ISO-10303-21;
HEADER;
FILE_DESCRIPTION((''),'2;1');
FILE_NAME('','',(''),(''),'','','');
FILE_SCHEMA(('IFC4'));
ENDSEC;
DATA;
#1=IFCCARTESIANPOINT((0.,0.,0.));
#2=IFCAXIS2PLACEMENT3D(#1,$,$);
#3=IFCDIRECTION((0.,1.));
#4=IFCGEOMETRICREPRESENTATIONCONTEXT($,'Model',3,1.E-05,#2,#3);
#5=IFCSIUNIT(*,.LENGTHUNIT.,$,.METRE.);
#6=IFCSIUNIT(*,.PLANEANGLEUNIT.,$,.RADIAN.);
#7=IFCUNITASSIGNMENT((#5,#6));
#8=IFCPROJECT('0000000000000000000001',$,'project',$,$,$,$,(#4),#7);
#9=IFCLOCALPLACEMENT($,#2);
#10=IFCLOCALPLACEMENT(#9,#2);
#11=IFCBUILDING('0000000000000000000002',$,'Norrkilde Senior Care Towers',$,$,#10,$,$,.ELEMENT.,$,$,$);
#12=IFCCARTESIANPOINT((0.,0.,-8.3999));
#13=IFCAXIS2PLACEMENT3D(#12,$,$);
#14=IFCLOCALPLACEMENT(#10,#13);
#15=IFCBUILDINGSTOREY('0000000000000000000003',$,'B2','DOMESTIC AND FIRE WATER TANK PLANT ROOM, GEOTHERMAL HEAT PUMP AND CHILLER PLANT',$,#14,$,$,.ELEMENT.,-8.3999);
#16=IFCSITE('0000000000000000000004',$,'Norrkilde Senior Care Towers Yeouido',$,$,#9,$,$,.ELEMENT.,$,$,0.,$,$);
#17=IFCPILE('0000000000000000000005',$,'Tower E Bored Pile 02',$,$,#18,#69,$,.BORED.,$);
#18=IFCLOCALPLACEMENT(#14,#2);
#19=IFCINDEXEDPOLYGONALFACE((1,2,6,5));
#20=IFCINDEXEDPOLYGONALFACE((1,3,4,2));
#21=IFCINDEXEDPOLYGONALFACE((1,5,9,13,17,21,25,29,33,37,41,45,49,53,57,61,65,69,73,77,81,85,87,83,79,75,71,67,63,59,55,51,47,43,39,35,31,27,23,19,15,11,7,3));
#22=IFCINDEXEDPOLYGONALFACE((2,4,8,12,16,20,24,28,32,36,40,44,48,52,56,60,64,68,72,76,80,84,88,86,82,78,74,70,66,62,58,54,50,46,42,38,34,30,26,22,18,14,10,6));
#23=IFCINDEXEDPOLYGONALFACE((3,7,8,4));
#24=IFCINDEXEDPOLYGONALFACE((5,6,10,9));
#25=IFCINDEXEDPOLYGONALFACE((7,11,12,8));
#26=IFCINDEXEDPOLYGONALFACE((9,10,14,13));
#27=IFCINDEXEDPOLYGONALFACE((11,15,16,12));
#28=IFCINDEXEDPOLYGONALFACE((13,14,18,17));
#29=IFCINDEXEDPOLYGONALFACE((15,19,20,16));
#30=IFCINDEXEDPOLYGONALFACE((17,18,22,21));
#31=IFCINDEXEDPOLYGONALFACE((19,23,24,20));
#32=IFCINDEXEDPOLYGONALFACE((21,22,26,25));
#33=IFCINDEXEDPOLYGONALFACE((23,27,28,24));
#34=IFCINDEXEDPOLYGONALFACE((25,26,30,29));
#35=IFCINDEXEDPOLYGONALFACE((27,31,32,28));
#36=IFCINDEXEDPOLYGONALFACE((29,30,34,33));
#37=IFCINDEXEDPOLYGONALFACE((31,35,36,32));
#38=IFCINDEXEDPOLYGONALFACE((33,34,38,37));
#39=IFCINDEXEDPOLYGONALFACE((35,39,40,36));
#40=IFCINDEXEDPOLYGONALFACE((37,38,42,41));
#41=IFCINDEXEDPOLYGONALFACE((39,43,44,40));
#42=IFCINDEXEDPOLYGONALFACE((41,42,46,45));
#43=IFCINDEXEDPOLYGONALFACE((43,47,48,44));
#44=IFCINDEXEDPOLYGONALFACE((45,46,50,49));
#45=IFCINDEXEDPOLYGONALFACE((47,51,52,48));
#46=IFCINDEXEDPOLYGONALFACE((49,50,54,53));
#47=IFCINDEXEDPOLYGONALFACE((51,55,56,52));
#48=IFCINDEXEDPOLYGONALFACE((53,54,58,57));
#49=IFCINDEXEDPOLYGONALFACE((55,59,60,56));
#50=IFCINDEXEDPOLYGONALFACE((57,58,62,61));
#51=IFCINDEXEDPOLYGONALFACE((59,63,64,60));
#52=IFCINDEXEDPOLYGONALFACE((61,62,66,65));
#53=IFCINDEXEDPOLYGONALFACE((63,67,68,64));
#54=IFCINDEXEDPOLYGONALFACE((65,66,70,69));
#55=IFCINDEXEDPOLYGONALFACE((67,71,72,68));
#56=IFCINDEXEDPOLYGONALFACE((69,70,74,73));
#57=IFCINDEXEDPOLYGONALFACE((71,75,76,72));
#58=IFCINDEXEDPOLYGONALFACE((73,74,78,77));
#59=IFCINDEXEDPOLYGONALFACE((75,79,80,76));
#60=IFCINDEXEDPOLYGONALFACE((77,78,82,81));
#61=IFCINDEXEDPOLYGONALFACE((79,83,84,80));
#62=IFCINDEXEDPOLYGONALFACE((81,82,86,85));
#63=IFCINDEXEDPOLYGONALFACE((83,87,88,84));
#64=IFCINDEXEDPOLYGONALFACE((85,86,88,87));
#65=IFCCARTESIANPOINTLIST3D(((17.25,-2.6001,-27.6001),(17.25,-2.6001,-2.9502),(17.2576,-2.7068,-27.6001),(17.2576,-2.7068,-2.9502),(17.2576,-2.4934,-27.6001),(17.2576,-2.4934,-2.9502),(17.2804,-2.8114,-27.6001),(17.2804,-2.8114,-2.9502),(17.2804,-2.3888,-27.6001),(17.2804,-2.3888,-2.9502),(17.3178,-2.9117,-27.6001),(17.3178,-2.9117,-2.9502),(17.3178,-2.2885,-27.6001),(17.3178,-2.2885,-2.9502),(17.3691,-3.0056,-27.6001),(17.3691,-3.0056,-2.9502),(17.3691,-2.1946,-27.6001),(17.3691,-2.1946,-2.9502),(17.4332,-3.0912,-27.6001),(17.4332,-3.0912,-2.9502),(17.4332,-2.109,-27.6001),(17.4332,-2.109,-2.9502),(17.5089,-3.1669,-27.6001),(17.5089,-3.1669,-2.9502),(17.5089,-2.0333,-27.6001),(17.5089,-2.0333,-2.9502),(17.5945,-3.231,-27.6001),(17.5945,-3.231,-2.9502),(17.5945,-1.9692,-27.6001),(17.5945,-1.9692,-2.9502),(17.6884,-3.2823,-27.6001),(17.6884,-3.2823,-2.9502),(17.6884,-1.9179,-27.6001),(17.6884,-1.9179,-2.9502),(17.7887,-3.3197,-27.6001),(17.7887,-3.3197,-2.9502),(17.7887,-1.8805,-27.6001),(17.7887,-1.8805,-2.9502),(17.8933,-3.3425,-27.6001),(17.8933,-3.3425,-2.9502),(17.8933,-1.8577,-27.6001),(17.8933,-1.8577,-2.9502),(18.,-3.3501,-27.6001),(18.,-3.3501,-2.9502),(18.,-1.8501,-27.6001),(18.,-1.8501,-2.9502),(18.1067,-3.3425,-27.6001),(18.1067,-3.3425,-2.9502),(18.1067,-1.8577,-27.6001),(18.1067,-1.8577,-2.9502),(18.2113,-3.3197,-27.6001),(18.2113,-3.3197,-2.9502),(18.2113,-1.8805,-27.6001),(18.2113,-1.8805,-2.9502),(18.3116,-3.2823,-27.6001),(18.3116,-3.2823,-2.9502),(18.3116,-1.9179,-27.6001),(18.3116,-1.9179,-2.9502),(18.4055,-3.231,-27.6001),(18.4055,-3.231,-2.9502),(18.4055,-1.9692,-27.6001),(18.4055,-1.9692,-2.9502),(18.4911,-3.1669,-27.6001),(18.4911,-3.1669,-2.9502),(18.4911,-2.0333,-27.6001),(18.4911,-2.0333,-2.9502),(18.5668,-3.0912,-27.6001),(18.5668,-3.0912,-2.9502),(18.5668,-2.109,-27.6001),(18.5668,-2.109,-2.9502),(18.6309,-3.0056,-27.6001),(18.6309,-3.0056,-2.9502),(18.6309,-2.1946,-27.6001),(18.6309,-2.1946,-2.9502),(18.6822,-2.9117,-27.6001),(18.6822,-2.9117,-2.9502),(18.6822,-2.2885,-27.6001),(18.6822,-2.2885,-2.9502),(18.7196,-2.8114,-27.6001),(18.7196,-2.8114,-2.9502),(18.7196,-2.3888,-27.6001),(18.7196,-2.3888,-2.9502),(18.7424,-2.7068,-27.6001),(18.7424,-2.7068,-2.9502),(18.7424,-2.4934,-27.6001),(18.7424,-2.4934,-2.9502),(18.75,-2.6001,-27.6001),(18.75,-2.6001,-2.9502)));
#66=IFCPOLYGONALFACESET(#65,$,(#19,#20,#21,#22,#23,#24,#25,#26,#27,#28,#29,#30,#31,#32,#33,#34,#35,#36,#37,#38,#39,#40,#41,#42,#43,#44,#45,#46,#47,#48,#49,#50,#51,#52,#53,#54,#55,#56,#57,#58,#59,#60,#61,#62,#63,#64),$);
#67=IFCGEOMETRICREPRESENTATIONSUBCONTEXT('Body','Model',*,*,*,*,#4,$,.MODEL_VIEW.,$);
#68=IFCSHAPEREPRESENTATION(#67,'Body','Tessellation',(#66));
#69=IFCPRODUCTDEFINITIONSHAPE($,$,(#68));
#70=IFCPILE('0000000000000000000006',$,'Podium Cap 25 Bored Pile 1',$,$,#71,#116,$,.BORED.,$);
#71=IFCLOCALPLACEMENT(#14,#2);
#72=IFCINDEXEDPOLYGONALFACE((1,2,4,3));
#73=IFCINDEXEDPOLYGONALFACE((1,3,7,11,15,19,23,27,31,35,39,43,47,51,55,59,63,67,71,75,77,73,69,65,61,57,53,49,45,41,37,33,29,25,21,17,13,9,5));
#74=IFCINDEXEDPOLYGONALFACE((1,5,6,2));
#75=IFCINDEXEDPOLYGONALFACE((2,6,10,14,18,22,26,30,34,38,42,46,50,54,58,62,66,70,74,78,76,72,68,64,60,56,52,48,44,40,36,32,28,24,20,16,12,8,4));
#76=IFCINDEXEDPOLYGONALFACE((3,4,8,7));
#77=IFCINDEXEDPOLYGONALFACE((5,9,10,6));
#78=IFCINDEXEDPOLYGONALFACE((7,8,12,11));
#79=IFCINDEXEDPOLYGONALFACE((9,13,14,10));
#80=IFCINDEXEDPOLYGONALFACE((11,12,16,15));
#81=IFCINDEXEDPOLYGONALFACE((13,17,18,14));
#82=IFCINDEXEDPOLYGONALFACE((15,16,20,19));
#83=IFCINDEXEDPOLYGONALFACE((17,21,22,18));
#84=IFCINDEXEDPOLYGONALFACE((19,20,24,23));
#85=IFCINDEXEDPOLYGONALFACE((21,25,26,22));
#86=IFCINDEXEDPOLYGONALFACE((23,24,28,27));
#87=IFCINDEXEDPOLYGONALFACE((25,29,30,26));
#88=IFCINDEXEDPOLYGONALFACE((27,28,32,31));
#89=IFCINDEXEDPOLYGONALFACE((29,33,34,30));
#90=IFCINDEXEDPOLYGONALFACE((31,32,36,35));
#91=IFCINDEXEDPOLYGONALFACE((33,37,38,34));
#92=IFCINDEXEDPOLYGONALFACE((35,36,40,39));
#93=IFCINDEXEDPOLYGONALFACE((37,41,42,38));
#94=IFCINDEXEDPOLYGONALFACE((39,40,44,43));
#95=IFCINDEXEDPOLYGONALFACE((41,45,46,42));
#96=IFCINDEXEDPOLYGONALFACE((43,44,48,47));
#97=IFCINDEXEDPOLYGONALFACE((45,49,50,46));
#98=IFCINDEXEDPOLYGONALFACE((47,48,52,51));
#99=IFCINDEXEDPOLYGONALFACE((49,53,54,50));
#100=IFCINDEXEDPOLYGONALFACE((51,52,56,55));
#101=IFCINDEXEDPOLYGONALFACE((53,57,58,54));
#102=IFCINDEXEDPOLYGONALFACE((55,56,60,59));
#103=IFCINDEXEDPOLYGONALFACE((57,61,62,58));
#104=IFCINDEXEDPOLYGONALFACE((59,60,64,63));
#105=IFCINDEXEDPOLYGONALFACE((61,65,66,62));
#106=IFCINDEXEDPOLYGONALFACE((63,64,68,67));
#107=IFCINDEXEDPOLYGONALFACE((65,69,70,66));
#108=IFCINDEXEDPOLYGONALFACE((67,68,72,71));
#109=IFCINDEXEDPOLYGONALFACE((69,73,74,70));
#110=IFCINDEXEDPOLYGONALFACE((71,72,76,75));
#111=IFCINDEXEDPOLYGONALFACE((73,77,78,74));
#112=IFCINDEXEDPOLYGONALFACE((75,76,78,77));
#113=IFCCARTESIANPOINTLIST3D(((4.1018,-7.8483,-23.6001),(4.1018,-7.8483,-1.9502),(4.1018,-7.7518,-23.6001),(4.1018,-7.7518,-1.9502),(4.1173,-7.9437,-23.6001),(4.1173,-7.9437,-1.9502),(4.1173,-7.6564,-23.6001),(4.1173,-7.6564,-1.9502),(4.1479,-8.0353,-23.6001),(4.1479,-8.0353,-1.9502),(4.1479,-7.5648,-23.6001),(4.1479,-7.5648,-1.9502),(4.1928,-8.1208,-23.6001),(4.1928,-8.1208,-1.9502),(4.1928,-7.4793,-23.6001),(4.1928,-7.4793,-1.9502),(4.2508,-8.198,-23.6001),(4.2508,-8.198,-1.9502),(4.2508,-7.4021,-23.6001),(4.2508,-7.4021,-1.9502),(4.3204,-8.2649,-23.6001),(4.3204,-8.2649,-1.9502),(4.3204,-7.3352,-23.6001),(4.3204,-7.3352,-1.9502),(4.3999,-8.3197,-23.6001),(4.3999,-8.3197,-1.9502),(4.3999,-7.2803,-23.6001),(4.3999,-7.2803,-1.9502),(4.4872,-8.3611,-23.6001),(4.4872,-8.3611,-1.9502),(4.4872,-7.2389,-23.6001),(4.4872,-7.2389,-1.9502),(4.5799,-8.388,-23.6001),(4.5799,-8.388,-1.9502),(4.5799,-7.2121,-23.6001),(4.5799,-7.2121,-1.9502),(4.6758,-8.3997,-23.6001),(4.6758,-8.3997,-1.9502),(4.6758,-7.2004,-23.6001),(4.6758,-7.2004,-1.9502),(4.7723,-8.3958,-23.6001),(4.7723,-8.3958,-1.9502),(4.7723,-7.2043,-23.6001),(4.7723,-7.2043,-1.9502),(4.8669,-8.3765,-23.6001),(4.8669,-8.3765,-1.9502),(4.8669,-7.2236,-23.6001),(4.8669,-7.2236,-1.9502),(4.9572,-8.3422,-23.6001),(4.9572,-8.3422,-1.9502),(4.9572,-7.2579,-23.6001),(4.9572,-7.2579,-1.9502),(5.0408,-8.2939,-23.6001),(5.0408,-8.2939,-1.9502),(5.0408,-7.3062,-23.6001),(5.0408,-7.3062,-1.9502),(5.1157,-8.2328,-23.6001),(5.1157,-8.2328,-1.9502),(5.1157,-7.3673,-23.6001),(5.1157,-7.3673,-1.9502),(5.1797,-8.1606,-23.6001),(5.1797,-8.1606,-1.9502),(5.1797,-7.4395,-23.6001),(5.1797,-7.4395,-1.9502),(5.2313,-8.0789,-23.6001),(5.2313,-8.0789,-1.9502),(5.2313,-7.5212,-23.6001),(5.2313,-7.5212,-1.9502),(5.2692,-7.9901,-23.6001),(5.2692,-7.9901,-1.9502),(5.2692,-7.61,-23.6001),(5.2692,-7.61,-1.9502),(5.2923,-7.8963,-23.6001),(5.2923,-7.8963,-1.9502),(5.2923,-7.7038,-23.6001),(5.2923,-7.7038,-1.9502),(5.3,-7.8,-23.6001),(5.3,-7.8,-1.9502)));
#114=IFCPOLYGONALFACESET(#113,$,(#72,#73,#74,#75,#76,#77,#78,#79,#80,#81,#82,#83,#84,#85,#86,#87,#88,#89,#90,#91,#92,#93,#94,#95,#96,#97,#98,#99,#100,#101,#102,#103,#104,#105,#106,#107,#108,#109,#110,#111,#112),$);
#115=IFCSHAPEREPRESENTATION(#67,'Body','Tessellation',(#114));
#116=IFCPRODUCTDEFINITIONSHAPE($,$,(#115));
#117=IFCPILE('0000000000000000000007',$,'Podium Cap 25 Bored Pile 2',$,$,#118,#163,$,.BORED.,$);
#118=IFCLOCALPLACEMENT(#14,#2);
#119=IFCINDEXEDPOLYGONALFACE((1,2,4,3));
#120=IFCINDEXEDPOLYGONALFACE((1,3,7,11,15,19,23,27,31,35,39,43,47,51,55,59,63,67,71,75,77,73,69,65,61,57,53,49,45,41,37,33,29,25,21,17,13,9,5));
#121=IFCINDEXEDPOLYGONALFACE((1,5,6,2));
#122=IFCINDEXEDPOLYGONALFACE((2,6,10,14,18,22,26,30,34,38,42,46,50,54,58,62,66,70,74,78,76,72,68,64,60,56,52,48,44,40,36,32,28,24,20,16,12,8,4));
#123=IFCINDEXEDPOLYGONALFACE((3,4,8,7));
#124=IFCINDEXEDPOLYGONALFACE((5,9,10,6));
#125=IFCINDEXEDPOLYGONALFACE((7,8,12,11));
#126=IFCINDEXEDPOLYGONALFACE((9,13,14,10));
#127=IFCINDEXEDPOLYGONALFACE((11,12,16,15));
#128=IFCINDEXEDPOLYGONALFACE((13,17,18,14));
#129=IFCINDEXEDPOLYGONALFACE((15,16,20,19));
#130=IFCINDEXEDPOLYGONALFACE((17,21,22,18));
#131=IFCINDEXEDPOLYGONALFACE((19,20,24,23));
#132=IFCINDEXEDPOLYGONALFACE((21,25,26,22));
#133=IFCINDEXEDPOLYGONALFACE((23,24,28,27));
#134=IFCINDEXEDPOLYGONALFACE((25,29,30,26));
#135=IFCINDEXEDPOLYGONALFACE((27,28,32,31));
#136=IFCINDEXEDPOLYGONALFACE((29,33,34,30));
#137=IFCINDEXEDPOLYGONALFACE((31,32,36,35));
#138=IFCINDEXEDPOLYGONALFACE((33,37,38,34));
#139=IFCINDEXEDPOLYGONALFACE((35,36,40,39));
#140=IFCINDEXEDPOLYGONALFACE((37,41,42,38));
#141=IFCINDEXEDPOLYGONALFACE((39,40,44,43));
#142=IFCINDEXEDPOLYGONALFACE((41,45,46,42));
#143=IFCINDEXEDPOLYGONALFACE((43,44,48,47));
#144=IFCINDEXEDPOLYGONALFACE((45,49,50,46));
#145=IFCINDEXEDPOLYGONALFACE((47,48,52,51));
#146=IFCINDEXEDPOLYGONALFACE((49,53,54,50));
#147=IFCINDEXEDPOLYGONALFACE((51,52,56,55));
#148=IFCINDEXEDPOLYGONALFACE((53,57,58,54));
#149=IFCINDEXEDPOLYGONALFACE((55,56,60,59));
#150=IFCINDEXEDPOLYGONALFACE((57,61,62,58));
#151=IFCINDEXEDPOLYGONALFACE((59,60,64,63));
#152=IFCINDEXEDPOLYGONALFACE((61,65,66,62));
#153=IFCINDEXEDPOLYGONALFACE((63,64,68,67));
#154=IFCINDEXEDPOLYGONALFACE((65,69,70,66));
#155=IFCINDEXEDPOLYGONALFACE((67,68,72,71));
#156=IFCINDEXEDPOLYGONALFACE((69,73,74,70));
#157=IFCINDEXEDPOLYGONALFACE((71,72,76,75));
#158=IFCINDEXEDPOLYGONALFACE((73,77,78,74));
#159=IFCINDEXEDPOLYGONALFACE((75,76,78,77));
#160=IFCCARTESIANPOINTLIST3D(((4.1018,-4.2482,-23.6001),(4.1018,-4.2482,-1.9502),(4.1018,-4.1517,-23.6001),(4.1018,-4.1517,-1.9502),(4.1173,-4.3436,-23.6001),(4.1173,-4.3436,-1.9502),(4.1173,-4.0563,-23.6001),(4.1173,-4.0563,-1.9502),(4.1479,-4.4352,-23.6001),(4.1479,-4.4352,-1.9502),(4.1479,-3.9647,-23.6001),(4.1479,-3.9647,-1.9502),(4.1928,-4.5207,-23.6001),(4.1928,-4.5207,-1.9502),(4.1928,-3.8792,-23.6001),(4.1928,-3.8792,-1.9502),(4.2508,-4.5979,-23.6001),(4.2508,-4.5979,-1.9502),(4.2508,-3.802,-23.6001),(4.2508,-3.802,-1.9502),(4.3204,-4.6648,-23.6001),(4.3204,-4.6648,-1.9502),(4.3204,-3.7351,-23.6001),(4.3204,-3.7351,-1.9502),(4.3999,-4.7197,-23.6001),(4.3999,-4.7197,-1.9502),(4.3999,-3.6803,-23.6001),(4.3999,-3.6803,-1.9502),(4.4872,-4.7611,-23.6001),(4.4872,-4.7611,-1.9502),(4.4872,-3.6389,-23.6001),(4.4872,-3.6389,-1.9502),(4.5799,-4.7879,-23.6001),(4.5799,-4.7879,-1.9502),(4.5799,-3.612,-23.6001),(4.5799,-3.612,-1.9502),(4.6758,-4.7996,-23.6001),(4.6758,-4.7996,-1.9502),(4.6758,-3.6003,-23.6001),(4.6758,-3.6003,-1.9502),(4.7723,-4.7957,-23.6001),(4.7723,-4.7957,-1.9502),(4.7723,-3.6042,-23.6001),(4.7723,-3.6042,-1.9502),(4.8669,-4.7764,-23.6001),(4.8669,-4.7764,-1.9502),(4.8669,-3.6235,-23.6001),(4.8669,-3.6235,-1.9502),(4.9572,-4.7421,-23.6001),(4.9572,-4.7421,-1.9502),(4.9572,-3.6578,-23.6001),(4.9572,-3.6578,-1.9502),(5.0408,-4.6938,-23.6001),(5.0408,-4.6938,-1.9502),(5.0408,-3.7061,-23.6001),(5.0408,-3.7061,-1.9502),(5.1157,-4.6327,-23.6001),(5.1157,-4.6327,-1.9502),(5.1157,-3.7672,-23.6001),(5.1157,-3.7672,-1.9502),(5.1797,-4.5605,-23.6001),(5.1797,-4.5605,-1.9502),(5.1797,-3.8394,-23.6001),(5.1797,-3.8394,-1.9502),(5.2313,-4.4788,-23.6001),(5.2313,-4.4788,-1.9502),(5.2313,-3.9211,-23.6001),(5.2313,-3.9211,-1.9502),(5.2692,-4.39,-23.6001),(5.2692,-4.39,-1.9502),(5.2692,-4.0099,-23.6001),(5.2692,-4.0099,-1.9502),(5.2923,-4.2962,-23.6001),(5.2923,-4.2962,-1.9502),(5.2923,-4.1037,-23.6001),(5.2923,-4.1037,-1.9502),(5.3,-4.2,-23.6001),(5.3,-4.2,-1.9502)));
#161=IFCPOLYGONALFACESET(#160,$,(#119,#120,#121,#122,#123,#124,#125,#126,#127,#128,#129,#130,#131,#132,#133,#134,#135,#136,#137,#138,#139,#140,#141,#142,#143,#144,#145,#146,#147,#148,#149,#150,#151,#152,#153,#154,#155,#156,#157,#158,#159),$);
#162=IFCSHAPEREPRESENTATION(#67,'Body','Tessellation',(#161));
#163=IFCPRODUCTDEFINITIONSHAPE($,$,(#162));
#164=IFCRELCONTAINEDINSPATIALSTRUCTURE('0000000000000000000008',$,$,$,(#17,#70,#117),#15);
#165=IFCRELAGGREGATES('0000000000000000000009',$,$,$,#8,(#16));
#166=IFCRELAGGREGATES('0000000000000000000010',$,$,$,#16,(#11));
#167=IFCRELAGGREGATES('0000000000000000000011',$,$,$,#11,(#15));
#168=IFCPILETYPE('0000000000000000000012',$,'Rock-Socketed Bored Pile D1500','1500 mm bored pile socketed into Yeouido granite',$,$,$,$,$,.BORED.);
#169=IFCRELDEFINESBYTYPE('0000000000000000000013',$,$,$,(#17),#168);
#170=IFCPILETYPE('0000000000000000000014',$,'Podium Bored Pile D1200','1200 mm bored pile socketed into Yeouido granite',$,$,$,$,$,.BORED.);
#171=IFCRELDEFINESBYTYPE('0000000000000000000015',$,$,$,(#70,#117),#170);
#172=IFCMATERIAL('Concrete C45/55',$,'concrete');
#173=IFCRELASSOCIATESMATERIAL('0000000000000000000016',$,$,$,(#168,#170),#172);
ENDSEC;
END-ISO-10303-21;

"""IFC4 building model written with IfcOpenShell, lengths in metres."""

from ifc_helpers import new_model, si_unit, direction, frame, origin, origin_2d, place, context, subcontext, project, spatial, circle, extrude, source, transform, mapped, material, material_profile, profile_set, type_object, type_shapes, element, save


model = new_model("IFC4")

# Units and contexts
model_context = context("Model", 3, precision=1e-05, world=origin(), true_north=direction((0.0, 1.0)))
body_context = subcontext(model_context, "Body", "Model", "MODEL_VIEW")
ifc_project = project(units=[si_unit("LENGTHUNIT", "METRE"), si_unit("PLANEANGLEUNIT", "RADIAN")], contexts=[model_context])

# Site, building, storey
site_placement = place(None, origin())
site = spatial("IfcSite", under=ifc_project, at=site_placement, Name="Norrkilde Senior Care Towers Yeouido", CompositionType="ELEMENT", RefElevation=0.0)
building_placement = place(site_placement, origin())
building = spatial("IfcBuilding", under=site, at=building_placement, Name="Norrkilde Senior Care Towers", CompositionType="ELEMENT")
storey_placement = place(building_placement, frame((0.0, 0.0, -8.3999)))
storey = spatial("IfcBuildingStorey", under=building, at=storey_placement, Name="B2", Description="DOMESTIC AND FIRE WATER TANK PLANT ROOM, GEOTHERMAL HEAT PUMP AND CHILLER PLANT", CompositionType="ELEMENT", Elevation=-8.3999)

# Piles
ifc_material_1 = material(Name="Concrete C45/55", Category="concrete")
ifc_material_profile_1 = material_profile(ifc_material_1, circle(Radius=0.75, at=origin_2d()), Name="BORED PILE 1500")
ifc_profile_set_1 = profile_set([ifc_material_profile_1], Name="Concrete C45/55")
pile_type_1 = type_object("IfcPileType", Name="Rock-Socketed Bored Pile D1500", Description="1500 mm bored pile socketed into Yeouido granite", PredefinedType="BORED", material=ifc_profile_set_1)
shared_shape_1 = source(origin(), body_context, "Body", "SweptSolid", [
    extrude(circle(Radius=0.75, at=origin_2d()), origin(), (0.0, 0.0, 1.0), 24.6499),
])
type_shapes(pile_type_1, [shared_shape_1])
for number, where, z_axis, x_axis, name in (
    (1, (18.0, -2.6001, -2.9502), (0.0, 0.0, -1.0), (1.0, 0.0, 0.0), "Tower E Bored Pile 02"),
):
    element("IfcPile", number, at=place(storey_placement, frame(where, z_axis=z_axis, x_axis=x_axis)), inside=storey, type_object=pile_type_1, Name=name, PredefinedType="BORED", context=body_context, shape_type="MappedRepresentation", body=[
        mapped(shared_shape_1, transform((0.0, 0.0, 0.0), x_axis=(1.0, 0.0, 0.0), y_axis=(0.0, 1.0, 0.0), z_axis=(0.0, 0.0, 1.0), scale=1.0)),
    ])
ifc_material_profile_2 = material_profile(ifc_material_1, circle(Radius=0.6001, at=origin_2d()), Name="BORED PILE 1200")
ifc_profile_set_2 = profile_set([ifc_material_profile_2], Name="Concrete C45/55")
pile_type_2 = type_object("IfcPileType", Name="Podium Bored Pile D1200", Description="1200 mm bored pile socketed into Yeouido granite", PredefinedType="BORED", material=ifc_profile_set_2)
shared_shape_2 = source(origin(), body_context, "Body", "SweptSolid", [
    extrude(circle(Radius=0.6001, at=origin_2d()), origin(), (0.0, 0.0, 1.0), 21.6499),
])
type_shapes(pile_type_2, [shared_shape_2])
for number, where, z_axis, x_axis, name in (
    (2, (4.7, -7.8, -1.9502), (0.0, 0.0, -1.0), (1.0, 0.0, 0.0), "Podium Cap 25 Bored Pile 1"),
    (3, (4.7, -4.2, -1.9502), (0.0, 0.0, -1.0), (1.0, 0.0, 0.0), "Podium Cap 25 Bored Pile 2"),
):
    element("IfcPile", number, at=place(storey_placement, frame(where, z_axis=z_axis, x_axis=x_axis)), inside=storey, type_object=pile_type_2, Name=name, PredefinedType="BORED", context=body_context, shape_type="MappedRepresentation", body=[
        mapped(shared_shape_2, transform((0.0, 0.0, 0.0), x_axis=(1.0, 0.0, 0.0), y_axis=(0.0, 1.0, 0.0), z_axis=(0.0, 0.0, 1.0), scale=1.0)),
    ])

save(model, "model.ifc")
